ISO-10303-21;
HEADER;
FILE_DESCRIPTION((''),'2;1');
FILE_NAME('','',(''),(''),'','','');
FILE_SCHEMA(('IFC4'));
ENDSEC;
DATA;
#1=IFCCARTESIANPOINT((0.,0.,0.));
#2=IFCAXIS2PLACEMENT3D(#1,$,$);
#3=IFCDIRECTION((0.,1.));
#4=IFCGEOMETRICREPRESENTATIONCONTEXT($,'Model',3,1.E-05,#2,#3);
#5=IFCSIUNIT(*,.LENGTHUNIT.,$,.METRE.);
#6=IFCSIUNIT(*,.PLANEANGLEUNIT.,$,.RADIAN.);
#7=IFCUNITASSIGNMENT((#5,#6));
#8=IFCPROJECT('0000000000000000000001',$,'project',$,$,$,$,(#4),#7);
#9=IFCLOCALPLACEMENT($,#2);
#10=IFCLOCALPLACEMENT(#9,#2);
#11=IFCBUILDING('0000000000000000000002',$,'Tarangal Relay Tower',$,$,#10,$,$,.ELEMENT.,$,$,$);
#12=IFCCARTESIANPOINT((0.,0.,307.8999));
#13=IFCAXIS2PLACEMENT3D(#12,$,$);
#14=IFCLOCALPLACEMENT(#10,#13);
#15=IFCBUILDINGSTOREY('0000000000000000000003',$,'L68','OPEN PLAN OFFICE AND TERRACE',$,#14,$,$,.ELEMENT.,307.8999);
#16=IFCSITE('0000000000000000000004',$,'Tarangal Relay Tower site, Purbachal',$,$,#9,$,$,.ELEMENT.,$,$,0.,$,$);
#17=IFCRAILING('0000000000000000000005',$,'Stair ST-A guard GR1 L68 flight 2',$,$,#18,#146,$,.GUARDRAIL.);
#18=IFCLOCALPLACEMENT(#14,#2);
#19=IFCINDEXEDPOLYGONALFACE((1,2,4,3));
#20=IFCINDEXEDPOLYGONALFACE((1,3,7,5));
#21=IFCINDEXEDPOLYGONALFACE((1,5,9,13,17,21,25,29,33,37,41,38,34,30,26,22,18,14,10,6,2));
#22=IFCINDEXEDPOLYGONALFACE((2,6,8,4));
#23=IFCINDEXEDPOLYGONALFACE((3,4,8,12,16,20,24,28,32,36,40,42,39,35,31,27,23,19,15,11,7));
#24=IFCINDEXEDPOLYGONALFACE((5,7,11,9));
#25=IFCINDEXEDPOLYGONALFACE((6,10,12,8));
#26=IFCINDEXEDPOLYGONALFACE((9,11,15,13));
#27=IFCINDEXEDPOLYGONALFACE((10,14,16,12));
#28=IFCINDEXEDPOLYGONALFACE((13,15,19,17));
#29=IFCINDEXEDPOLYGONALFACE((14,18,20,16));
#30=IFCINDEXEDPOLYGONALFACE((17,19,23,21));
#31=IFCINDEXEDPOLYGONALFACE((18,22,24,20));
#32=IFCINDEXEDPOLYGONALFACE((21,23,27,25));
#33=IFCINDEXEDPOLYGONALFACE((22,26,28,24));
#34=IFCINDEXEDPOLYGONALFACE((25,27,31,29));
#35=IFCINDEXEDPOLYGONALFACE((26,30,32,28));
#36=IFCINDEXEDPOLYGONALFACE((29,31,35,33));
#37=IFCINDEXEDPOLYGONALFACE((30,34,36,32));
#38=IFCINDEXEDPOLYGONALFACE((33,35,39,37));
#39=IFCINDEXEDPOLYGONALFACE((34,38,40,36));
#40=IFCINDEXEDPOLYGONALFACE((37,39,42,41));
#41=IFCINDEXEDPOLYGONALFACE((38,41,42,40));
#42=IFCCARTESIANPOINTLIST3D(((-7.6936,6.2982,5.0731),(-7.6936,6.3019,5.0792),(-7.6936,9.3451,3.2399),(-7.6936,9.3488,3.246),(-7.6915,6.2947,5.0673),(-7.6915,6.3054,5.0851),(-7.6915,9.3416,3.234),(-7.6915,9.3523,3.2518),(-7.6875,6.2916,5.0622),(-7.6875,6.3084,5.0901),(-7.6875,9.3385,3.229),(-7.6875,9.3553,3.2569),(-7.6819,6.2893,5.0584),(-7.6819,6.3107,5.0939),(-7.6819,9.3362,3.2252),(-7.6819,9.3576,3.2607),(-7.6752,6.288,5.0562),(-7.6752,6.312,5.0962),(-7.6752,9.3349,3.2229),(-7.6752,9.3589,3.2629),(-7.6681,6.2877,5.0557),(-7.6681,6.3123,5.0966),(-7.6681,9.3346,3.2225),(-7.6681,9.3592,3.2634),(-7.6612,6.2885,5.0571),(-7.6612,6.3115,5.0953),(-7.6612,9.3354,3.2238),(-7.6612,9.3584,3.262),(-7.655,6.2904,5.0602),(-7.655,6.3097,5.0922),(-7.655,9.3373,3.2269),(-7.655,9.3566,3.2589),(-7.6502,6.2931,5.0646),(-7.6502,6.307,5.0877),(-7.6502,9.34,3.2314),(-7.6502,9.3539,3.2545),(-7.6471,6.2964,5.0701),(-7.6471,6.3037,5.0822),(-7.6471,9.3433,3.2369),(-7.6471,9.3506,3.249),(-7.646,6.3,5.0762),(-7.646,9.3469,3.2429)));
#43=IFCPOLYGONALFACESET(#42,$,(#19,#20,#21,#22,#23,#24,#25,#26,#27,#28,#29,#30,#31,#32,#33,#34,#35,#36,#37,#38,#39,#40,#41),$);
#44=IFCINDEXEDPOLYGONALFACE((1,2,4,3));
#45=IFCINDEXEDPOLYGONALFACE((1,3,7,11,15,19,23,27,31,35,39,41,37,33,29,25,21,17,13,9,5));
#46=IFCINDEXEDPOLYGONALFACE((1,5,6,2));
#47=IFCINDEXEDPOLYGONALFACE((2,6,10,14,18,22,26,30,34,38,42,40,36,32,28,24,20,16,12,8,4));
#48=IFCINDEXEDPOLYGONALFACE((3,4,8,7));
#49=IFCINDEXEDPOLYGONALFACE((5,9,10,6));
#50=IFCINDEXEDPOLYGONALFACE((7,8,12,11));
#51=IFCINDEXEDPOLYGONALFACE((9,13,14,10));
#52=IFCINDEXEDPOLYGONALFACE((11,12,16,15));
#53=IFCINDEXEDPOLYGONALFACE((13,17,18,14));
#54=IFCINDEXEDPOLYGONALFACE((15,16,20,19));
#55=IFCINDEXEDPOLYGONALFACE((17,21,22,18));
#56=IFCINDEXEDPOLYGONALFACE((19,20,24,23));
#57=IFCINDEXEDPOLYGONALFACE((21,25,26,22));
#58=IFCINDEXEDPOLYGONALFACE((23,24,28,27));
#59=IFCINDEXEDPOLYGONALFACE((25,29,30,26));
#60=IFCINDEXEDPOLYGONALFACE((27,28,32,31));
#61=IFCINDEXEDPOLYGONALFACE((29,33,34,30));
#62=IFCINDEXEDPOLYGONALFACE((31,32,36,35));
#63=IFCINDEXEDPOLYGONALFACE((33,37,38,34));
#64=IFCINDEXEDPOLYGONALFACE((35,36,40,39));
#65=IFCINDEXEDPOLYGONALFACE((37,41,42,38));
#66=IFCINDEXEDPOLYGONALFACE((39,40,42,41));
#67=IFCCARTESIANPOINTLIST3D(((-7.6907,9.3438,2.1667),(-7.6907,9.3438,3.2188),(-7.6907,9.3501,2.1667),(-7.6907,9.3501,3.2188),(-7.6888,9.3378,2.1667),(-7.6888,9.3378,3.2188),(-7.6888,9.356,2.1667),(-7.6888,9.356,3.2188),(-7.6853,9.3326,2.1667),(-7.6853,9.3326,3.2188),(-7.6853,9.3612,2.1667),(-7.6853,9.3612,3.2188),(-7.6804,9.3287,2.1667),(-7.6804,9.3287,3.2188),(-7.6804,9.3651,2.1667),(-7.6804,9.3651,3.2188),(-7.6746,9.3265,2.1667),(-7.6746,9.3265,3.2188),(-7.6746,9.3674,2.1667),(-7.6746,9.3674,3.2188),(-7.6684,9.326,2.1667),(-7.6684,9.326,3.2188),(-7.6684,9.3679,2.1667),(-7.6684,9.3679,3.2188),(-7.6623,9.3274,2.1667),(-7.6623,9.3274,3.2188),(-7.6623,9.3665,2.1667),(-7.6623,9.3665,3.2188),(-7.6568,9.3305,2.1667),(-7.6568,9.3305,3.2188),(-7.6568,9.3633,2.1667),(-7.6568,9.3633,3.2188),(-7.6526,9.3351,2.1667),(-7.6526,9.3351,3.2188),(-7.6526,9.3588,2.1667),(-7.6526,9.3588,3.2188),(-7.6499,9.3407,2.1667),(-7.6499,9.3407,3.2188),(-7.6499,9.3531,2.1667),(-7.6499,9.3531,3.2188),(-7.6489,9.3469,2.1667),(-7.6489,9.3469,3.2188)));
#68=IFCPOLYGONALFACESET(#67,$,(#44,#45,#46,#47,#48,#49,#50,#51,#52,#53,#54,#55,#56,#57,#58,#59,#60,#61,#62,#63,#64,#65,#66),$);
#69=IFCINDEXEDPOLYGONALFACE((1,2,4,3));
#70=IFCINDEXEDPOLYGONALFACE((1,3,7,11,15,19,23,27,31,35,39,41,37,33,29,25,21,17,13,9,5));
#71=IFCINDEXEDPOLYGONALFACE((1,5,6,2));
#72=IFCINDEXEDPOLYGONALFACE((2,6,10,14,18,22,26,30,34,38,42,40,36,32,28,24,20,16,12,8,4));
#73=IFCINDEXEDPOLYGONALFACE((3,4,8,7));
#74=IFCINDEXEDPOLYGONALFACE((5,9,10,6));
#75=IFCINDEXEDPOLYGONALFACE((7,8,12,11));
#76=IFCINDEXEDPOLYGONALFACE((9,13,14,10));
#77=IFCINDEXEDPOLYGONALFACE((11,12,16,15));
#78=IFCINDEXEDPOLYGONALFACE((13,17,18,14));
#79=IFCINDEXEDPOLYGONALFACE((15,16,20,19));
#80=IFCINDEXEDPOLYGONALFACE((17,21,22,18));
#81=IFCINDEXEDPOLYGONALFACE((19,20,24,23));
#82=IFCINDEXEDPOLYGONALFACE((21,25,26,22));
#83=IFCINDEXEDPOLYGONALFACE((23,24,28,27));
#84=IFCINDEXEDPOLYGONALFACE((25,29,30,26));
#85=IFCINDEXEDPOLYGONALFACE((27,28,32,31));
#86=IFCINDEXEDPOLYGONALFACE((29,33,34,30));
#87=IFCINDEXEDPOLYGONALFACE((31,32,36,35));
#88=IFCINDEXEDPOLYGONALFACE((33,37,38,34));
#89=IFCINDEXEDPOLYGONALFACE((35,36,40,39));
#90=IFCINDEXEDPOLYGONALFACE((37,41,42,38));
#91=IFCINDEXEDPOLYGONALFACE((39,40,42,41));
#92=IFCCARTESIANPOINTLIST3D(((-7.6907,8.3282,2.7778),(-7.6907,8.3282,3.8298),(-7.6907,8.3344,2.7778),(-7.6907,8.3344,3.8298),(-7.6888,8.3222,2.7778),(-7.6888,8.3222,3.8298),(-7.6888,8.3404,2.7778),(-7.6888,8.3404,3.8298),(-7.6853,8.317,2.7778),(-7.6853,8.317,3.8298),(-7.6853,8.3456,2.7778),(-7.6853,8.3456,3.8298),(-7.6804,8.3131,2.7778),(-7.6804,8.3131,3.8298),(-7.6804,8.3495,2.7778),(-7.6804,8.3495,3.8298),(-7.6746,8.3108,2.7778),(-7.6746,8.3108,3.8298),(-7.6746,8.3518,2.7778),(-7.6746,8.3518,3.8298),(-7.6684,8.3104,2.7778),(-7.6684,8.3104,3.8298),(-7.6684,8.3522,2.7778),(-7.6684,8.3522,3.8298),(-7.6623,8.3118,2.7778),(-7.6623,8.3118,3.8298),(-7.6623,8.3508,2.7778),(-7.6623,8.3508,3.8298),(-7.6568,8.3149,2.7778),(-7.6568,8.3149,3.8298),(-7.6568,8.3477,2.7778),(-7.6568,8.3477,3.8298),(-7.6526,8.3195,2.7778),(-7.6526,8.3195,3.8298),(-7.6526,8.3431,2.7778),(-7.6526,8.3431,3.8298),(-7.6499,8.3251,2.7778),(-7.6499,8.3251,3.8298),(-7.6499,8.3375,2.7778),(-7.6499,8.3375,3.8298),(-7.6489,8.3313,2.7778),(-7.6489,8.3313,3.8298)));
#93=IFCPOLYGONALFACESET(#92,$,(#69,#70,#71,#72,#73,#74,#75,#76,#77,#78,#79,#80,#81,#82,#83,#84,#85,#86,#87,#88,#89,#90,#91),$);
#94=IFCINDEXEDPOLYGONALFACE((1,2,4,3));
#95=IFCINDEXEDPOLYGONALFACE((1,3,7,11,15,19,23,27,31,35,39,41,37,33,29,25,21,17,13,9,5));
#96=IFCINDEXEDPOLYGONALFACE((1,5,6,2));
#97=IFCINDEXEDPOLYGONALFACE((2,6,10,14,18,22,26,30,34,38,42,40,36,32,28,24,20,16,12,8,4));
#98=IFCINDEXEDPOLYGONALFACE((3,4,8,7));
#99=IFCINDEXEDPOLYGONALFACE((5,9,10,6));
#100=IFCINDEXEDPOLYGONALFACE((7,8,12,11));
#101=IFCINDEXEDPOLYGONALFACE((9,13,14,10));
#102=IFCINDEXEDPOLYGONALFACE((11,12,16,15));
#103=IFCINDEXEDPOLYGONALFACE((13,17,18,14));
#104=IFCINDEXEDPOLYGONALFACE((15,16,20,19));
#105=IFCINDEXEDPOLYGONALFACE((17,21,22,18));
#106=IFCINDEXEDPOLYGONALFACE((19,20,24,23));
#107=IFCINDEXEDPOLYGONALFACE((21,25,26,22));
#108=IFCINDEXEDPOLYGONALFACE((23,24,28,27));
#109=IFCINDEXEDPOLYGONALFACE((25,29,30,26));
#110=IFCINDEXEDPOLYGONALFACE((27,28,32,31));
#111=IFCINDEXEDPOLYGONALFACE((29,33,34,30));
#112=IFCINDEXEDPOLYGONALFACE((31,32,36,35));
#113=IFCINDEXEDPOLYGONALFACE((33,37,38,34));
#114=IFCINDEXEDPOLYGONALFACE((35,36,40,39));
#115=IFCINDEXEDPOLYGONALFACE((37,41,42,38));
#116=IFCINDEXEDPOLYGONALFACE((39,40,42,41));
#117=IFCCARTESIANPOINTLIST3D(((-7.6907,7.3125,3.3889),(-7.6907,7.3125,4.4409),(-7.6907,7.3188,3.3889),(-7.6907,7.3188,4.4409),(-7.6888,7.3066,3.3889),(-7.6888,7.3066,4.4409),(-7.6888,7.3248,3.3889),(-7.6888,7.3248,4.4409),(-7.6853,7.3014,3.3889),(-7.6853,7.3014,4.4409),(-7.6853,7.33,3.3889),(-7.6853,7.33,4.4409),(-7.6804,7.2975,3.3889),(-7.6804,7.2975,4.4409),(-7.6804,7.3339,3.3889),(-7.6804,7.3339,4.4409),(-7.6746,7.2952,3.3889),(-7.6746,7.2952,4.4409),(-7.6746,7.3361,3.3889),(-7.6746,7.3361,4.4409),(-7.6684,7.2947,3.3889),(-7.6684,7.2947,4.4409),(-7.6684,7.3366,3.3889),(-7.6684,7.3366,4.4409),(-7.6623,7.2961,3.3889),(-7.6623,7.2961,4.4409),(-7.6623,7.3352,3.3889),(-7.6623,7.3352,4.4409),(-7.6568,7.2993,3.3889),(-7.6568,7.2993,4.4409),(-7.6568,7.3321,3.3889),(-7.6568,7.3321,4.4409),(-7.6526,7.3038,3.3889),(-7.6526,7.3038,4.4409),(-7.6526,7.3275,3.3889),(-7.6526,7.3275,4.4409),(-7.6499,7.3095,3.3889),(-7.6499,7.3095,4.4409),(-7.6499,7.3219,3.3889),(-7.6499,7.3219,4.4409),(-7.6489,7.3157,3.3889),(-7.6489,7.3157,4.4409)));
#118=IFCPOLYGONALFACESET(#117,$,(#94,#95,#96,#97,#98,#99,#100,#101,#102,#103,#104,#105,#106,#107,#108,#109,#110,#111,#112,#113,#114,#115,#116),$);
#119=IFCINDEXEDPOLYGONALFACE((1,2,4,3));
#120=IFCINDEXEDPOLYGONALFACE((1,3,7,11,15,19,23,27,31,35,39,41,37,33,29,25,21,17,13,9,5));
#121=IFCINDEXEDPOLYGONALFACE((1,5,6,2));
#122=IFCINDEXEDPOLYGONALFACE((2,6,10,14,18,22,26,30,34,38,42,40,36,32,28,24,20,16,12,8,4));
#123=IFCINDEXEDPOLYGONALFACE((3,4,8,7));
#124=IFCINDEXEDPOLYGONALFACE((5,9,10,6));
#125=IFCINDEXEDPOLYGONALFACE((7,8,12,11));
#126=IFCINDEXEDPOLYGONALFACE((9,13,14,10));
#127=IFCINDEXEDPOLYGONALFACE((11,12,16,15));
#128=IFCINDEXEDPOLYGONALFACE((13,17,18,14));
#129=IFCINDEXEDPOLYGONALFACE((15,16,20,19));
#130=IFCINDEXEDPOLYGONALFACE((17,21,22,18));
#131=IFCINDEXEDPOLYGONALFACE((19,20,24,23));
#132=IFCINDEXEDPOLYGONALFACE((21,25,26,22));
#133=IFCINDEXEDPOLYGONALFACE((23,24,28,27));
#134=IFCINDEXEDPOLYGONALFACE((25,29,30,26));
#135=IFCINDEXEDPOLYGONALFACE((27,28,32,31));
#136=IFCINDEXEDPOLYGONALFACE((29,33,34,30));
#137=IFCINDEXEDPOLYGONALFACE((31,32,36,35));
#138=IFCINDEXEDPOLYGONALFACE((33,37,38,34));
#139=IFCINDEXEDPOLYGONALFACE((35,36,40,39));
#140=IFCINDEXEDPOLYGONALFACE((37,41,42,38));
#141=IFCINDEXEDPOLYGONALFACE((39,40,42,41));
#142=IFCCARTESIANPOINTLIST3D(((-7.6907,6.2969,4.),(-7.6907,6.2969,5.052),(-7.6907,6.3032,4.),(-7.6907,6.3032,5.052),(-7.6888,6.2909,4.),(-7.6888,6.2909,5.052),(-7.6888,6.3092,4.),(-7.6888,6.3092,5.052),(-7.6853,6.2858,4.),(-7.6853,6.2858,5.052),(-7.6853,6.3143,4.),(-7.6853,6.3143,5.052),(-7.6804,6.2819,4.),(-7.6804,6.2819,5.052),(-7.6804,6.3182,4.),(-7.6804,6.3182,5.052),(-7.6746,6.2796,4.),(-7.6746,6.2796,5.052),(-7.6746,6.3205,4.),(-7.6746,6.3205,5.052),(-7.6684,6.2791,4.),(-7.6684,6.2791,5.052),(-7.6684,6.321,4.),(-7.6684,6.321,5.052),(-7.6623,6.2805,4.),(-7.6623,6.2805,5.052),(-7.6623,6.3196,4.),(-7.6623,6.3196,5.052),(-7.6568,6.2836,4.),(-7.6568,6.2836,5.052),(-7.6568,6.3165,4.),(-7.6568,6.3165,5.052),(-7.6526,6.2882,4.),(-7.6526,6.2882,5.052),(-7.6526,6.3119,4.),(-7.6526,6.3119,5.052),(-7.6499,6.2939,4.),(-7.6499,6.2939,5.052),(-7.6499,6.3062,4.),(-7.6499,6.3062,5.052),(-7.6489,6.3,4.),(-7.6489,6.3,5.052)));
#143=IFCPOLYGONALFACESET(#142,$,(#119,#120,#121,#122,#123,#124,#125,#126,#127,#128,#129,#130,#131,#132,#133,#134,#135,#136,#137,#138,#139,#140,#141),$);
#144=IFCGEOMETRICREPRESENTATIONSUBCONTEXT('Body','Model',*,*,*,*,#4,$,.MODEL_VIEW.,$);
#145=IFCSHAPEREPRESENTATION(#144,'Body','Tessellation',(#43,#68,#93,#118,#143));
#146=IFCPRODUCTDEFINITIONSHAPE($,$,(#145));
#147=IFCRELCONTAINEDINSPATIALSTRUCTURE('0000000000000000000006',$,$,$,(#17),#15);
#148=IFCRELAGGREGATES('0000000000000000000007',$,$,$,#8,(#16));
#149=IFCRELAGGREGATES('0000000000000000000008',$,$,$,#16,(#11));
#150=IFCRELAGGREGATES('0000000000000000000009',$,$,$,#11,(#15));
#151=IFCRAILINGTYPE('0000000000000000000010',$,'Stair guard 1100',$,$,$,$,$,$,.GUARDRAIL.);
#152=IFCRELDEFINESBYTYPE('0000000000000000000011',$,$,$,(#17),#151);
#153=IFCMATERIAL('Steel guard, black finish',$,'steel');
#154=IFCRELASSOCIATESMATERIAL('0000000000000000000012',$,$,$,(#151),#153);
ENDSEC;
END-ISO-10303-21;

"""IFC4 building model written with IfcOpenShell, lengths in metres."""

from ifc_helpers import new_model, si_unit, direction, frame, origin, origin_2d, place, context, subcontext, project, spatial, circle, extrude, material, type_object, element, save


model = new_model("IFC4")

# Units and contexts
model_context = context("Model", 3, precision=1e-05, world=origin(), true_north=direction((0.0, 1.0)))
body_context = subcontext(model_context, "Body", "Model", "MODEL_VIEW")
ifc_project = project(units=[si_unit("LENGTHUNIT", "METRE"), si_unit("PLANEANGLEUNIT", "RADIAN")], contexts=[model_context])

# Site, building, storey
site_placement = place(None, origin())
site = spatial("IfcSite", under=ifc_project, at=site_placement, Name="Tarangal Relay Tower site, Purbachal", CompositionType="ELEMENT", RefElevation=0.0)
building_placement = place(site_placement, origin())
building = spatial("IfcBuilding", under=site, at=building_placement, Name="Tarangal Relay Tower", CompositionType="ELEMENT")
storey_placement = place(building_placement, frame((0.0, 0.0, 307.8999)))
storey = spatial("IfcBuildingStorey", under=building, at=storey_placement, Name="L68", Description="OPEN PLAN OFFICE AND TERRACE", CompositionType="ELEMENT", Elevation=307.8999)

# Railing
ifc_material_1 = material(Name="Steel guard, black finish", Category="steel")
railing_type_1 = type_object("IfcRailingType", Name="Stair guard 1100", PredefinedType="GUARDRAIL", material=ifc_material_1)
railing_1_placement = place(storey_placement, frame((-7.6699, 9.3469, 2.1667)))
element("IfcRailing", 1, at=railing_1_placement, inside=storey, type_object=railing_type_1, Name="Stair ST-A guard GR1 L68 flight 2", PredefinedType="GUARDRAIL", context=body_context, shape_type="SweptSolid", body=[
    extrude(circle(Radius=0.0239, at=origin_2d()), frame((0.0, 0.0, 1.0762), z_axis=(0.0, -0.856856, 0.515556), x_axis=(1.0, 0.0, 0.0)), (0.0, 0.0, 1.0), 3.5559),
    extrude(circle(Radius=0.021, at=origin_2d()), origin(), (0.0, 0.0, 1.0), 1.052),
    extrude(circle(Radius=0.021, at=origin_2d()), frame((0.0, -1.0156, 0.6111)), (0.0, 0.0, 1.0), 1.052),
    extrude(circle(Radius=0.021, at=origin_2d()), frame((0.0, -2.0312, 1.2222)), (0.0, 0.0, 1.0), 1.052),
    extrude(circle(Radius=0.021, at=origin_2d()), frame((0.0, -3.0469, 1.8333)), (0.0, 0.0, 1.0), 1.052),
])

save(model, "model.ifc")
